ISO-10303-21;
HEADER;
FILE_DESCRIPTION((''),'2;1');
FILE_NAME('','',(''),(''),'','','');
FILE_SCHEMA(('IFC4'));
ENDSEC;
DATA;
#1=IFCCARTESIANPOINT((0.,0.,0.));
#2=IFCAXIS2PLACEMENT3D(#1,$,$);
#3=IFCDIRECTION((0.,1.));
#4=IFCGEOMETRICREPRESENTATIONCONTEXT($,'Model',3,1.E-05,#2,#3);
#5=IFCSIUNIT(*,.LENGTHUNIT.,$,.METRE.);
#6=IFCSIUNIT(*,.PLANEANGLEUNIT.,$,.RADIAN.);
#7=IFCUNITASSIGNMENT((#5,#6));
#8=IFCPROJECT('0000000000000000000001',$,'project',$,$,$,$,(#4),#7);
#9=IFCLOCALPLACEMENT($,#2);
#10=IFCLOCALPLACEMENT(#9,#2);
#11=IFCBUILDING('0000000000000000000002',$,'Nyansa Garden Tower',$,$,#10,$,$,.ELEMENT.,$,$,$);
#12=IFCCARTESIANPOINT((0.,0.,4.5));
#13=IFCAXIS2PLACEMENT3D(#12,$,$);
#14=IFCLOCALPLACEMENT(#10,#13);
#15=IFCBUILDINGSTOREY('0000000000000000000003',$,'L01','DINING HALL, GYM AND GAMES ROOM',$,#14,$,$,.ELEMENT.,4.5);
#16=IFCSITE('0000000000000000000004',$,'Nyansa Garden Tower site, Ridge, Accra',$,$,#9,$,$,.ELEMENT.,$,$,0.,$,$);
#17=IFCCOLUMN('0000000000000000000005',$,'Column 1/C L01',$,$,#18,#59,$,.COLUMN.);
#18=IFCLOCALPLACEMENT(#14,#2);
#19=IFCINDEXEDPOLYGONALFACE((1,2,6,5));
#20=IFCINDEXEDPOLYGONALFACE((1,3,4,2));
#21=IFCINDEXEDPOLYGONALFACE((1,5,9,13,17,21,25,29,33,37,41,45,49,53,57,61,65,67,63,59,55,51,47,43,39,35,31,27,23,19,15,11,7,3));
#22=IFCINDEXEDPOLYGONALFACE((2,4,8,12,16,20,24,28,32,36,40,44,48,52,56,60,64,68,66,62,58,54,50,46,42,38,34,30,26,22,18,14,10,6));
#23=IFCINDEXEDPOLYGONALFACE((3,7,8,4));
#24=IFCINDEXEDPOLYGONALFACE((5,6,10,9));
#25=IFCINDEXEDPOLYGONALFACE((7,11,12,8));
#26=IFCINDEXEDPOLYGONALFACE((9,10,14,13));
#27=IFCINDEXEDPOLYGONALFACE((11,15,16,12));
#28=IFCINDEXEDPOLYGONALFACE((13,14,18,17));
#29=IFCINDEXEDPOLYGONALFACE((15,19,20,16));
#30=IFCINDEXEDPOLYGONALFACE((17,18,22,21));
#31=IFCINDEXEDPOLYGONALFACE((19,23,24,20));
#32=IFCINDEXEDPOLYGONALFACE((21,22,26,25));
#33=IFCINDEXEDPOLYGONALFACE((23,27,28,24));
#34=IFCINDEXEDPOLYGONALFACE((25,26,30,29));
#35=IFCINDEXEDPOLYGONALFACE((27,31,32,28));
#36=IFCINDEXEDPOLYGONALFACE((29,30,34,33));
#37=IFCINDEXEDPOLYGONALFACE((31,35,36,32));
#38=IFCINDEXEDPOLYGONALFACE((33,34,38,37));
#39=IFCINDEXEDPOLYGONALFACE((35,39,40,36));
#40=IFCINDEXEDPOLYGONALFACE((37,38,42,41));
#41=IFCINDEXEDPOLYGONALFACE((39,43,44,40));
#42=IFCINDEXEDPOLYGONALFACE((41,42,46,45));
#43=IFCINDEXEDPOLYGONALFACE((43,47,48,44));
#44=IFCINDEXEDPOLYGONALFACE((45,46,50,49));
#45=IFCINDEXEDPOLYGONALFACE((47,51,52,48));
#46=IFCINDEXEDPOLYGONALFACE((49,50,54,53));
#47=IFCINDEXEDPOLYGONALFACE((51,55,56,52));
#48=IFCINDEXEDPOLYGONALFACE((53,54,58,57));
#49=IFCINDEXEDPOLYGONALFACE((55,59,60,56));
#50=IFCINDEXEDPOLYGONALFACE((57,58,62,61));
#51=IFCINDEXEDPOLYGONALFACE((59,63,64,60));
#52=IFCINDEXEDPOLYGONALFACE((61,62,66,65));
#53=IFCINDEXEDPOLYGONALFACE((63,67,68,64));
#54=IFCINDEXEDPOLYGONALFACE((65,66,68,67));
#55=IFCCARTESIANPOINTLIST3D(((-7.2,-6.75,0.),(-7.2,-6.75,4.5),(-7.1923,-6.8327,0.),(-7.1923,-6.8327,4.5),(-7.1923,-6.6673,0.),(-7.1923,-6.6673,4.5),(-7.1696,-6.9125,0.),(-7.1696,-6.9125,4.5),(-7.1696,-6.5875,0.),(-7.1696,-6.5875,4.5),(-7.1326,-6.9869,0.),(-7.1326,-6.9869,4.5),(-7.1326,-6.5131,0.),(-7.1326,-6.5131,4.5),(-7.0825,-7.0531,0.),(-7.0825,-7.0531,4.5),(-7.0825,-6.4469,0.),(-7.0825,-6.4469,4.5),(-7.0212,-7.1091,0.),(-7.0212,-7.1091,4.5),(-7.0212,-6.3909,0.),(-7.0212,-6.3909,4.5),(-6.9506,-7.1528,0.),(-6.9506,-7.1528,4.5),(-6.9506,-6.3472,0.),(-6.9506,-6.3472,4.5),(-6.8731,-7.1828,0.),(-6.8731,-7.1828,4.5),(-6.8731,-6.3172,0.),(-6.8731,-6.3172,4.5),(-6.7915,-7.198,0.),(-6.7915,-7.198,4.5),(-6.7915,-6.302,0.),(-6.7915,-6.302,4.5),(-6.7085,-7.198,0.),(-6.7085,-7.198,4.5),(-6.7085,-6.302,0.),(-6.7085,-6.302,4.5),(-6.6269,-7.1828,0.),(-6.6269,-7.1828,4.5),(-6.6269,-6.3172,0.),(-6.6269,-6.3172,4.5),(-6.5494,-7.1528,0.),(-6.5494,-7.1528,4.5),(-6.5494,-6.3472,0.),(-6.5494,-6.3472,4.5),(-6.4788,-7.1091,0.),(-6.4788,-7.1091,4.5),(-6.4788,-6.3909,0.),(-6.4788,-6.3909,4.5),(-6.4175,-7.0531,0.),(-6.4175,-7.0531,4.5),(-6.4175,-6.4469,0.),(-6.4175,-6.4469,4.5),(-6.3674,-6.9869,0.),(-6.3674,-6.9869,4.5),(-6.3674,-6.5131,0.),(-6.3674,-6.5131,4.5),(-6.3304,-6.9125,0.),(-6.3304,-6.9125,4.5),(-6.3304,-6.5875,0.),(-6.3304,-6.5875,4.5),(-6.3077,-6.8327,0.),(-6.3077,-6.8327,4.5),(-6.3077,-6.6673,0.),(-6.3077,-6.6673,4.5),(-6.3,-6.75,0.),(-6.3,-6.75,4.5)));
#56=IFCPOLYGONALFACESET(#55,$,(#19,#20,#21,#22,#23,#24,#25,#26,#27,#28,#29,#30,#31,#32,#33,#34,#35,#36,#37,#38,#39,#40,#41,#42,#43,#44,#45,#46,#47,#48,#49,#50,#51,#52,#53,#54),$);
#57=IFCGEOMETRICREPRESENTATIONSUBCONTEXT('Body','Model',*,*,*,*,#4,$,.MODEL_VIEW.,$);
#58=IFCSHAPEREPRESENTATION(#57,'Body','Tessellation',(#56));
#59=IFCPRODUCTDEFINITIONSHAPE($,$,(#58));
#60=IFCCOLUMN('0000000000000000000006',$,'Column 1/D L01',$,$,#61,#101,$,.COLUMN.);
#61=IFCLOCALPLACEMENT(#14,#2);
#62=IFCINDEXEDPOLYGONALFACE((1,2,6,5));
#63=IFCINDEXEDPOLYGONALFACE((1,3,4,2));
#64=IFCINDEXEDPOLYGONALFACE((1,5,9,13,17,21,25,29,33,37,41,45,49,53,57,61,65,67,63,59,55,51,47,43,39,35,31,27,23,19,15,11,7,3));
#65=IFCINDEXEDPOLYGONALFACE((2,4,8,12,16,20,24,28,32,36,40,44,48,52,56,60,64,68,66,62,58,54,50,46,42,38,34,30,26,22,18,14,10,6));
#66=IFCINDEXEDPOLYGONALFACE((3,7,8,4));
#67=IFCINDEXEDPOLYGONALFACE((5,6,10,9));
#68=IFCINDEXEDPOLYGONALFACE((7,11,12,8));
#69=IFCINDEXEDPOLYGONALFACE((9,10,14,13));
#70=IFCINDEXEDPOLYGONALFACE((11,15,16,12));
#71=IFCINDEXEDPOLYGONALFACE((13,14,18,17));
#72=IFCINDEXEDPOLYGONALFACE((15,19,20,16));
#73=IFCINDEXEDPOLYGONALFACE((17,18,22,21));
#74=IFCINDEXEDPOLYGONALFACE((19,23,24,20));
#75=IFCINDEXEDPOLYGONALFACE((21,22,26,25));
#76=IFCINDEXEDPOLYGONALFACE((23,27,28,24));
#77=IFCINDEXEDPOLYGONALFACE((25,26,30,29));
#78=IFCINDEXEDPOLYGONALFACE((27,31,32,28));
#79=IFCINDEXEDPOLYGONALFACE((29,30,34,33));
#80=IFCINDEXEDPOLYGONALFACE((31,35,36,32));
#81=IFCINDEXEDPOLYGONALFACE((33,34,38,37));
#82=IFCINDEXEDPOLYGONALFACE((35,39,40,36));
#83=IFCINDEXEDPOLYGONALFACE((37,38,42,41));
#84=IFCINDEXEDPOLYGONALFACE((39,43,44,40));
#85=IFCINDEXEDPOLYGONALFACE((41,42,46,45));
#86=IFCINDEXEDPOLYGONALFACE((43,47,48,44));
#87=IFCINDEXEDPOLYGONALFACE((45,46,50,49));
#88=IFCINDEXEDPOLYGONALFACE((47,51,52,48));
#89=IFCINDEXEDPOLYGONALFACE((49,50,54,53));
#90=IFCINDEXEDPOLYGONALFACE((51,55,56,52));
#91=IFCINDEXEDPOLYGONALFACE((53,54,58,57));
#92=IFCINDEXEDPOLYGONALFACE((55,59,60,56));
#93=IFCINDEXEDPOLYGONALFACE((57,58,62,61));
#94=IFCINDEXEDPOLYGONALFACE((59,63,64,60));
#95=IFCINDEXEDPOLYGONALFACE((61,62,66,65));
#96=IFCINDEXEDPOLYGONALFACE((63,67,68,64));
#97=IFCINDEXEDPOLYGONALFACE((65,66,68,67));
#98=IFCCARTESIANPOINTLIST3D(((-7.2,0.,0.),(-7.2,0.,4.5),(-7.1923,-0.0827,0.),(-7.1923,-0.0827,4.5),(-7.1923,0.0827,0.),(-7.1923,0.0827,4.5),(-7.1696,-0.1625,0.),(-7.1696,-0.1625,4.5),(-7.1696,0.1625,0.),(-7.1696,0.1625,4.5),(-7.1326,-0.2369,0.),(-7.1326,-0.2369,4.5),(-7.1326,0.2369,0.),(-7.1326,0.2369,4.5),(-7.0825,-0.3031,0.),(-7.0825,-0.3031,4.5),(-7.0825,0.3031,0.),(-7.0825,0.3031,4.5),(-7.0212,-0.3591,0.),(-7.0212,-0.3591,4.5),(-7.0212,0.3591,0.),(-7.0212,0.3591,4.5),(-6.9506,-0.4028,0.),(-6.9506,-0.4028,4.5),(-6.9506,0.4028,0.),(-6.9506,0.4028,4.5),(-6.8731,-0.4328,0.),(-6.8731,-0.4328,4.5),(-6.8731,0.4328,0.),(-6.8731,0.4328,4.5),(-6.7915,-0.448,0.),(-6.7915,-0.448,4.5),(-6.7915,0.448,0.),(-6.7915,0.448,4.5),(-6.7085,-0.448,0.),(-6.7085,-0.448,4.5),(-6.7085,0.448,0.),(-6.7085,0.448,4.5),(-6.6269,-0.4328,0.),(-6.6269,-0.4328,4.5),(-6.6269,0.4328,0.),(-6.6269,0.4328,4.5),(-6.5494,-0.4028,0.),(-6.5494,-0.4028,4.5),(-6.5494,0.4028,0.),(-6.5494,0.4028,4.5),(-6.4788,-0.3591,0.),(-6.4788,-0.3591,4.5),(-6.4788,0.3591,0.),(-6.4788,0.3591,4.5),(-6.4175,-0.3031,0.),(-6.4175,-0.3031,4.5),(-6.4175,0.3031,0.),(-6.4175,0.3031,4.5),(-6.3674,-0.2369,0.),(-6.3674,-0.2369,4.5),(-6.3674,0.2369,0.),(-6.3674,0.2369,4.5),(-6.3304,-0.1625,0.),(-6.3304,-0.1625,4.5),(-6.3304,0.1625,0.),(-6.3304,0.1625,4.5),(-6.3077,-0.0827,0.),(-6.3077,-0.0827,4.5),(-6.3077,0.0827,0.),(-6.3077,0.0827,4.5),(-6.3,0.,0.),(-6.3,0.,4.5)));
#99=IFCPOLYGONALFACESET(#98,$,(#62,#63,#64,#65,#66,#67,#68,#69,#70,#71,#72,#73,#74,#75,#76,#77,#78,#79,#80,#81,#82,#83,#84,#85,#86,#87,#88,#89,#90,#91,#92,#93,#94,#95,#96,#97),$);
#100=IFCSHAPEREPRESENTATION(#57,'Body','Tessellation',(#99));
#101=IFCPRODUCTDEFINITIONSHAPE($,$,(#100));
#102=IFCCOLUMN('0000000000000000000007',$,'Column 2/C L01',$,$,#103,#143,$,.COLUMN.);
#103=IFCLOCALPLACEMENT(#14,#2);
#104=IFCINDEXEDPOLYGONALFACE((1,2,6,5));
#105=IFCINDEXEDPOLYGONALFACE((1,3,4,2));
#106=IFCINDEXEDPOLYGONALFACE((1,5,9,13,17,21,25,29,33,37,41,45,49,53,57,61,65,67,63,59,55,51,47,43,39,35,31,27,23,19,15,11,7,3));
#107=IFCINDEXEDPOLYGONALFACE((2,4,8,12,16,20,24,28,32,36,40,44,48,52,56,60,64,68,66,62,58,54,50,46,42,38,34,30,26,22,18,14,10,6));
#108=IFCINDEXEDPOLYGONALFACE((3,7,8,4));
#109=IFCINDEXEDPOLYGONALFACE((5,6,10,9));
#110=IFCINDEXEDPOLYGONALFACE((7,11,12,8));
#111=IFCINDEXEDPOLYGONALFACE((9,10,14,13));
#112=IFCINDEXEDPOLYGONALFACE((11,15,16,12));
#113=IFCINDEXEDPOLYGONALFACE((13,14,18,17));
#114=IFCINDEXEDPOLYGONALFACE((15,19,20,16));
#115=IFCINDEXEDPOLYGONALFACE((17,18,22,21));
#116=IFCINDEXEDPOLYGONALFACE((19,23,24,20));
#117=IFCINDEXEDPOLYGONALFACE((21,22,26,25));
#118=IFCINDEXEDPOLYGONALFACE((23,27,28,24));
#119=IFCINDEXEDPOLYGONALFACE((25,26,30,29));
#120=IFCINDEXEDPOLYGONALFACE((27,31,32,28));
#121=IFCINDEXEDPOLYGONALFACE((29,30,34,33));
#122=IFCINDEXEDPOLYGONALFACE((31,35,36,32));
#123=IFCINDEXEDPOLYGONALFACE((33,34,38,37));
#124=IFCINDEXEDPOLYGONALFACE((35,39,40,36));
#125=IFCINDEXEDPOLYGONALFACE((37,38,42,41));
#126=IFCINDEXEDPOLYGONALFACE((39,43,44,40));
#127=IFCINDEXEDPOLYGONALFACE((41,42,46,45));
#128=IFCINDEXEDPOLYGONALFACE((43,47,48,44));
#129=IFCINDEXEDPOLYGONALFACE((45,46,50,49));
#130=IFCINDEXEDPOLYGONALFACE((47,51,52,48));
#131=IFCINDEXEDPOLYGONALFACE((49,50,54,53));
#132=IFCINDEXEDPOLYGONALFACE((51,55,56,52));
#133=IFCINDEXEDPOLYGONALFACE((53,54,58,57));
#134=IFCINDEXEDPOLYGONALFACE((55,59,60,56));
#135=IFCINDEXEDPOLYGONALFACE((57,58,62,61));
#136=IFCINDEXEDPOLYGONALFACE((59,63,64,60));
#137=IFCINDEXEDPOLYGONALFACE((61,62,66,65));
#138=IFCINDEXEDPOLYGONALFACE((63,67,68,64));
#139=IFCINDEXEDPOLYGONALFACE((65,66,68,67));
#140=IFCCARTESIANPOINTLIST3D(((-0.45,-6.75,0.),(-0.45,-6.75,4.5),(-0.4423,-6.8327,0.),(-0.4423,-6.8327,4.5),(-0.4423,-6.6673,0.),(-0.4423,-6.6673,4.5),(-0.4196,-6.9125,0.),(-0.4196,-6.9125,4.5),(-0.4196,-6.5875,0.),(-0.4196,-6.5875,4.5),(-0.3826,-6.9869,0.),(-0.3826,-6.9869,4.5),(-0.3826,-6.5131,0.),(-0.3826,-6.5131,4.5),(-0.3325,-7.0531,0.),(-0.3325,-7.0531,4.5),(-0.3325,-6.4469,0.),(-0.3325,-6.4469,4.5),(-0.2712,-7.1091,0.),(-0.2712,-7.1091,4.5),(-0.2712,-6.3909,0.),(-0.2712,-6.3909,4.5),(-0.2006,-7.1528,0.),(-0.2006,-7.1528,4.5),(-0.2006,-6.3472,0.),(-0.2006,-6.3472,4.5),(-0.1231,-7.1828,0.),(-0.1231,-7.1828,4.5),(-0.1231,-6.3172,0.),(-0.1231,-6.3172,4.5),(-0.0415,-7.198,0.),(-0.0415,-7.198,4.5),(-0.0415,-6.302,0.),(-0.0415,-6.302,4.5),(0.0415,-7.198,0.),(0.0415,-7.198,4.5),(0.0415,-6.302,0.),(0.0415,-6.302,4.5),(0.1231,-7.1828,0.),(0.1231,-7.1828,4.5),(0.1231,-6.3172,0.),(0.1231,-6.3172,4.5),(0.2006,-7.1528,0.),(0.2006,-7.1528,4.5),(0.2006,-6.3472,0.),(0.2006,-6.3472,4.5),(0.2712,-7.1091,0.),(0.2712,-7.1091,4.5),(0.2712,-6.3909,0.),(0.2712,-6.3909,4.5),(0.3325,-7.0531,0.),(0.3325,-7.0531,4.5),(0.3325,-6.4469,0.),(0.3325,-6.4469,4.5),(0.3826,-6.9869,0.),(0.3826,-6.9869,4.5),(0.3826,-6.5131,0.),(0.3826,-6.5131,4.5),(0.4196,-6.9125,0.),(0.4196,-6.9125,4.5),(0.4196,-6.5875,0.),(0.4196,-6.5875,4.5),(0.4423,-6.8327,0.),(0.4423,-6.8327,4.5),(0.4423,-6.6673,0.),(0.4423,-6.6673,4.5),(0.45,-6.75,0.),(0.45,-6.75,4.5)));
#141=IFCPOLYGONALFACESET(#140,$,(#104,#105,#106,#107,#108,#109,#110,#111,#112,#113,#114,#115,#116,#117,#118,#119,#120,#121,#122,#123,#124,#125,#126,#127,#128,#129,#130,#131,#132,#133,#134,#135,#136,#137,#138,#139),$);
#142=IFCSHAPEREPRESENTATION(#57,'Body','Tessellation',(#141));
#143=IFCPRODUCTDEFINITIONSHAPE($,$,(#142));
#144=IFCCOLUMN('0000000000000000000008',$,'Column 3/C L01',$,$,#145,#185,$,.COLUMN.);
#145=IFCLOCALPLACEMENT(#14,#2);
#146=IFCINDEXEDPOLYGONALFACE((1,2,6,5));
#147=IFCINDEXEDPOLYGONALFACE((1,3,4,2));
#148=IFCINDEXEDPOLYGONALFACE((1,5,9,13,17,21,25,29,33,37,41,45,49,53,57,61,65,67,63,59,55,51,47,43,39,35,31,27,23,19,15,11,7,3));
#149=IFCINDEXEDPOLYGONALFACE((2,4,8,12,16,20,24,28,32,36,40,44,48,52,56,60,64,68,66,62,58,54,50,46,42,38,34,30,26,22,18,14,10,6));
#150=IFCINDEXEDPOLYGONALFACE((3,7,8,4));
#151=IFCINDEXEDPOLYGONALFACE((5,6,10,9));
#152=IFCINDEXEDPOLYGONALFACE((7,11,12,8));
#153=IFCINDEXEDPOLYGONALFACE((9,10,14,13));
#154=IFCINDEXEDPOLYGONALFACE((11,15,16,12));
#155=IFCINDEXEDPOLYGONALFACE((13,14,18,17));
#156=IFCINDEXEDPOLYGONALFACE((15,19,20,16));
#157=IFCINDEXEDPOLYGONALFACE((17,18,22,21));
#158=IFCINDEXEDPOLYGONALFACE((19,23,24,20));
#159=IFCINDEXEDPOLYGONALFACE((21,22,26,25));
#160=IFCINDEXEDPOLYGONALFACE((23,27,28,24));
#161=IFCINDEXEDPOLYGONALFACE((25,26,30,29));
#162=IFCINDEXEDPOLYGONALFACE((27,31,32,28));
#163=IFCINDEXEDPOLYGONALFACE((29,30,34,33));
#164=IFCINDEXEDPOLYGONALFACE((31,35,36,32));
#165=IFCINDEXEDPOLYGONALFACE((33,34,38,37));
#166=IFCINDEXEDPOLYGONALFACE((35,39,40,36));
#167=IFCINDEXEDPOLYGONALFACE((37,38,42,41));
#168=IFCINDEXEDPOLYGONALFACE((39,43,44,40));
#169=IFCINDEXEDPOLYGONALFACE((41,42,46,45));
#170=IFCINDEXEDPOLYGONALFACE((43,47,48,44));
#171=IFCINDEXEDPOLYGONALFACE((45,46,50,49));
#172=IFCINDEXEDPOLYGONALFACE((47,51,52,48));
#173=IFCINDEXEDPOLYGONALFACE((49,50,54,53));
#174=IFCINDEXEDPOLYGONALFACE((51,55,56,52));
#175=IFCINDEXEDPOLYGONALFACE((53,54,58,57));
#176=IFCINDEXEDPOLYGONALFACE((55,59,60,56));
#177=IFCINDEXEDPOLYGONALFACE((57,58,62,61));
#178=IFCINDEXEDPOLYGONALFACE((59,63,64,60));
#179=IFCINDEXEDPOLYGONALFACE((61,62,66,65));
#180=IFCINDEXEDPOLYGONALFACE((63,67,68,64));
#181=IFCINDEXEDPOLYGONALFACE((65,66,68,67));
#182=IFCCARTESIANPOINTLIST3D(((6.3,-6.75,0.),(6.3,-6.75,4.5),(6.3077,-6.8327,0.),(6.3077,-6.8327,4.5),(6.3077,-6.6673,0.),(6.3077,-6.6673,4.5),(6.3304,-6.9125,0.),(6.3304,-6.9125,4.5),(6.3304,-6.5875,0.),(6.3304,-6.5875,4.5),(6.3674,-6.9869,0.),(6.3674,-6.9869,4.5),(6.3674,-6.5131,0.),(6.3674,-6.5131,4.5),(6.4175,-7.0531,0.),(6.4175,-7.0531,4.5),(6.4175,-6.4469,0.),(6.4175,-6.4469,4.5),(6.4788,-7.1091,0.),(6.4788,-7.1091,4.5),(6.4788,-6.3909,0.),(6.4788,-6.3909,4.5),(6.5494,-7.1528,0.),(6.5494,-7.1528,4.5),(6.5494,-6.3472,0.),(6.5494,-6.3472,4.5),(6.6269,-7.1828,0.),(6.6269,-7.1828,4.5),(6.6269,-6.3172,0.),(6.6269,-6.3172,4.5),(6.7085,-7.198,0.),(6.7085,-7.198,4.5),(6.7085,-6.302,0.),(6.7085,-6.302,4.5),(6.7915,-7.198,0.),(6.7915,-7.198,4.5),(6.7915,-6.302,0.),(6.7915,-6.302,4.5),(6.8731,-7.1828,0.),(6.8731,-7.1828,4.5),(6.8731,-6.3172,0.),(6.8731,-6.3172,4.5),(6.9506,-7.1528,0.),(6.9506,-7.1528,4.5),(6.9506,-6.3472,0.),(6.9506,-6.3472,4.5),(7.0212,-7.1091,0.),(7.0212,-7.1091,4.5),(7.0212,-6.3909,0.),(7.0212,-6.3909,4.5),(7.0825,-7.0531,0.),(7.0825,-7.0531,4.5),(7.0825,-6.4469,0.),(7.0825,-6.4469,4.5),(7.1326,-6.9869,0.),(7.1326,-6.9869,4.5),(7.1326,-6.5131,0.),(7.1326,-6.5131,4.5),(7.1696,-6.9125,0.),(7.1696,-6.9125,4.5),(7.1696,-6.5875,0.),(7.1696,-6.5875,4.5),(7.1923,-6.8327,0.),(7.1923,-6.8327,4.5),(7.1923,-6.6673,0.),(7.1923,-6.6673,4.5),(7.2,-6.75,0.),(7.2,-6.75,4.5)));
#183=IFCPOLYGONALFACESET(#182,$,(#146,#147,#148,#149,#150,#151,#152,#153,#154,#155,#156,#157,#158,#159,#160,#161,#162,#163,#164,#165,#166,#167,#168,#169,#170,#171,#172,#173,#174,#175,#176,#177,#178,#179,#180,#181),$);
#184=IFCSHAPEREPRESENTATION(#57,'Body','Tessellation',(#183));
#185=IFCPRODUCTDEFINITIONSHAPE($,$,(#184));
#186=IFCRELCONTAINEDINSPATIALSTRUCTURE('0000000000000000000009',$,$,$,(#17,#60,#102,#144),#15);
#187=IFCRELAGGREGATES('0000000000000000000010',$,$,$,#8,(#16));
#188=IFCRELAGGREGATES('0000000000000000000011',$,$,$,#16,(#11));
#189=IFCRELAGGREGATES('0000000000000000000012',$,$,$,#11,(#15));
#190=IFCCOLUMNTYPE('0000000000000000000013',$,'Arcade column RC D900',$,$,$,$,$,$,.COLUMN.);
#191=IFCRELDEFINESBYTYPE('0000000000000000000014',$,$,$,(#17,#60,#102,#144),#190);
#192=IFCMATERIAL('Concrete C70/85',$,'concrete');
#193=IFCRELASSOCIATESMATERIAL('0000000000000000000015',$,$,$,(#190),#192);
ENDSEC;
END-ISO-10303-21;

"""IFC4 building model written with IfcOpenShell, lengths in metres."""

from ifc_helpers import new_model, si_unit, direction, frame, origin, origin_2d, place, context, subcontext, project, spatial, circle, extrude, material, material_profile, profile_set, type_object, element, save


model = new_model("IFC4")

# Units and contexts
model_context = context("Model", 3, precision=1e-05, world=origin(), true_north=direction((0.0, 1.0)))
body_context = subcontext(model_context, "Body", "Model", "MODEL_VIEW")
ifc_project = project(units=[si_unit("LENGTHUNIT", "METRE"), si_unit("PLANEANGLEUNIT", "RADIAN")], contexts=[model_context])

# Site, building, storey
site_placement = place(None, origin())
site = spatial("IfcSite", under=ifc_project, at=site_placement, Name="Nyansa Garden Tower site, Ridge, Accra", CompositionType="ELEMENT", RefElevation=0.0)
building_placement = place(site_placement, origin())
building = spatial("IfcBuilding", under=site, at=building_placement, Name="Nyansa Garden Tower", CompositionType="ELEMENT")
storey_placement = place(building_placement, frame((0.0, 0.0, 4.5)))
storey = spatial("IfcBuildingStorey", under=building, at=storey_placement, Name="L01", Description="DINING HALL, GYM AND GAMES ROOM", CompositionType="ELEMENT", Elevation=4.5)

# Columns
ifc_material_1 = material(Name="Concrete C70/85", Category="concrete")
ifc_material_profile_1 = material_profile(ifc_material_1, circle(Radius=0.45, at=origin_2d()), Name="RC D900")
ifc_profile_set_1 = profile_set([ifc_material_profile_1], Name="Concrete C70/85")
column_type_1 = type_object("IfcColumnType", Name="Arcade column RC D900", PredefinedType="COLUMN", material=ifc_profile_set_1)
for number, where, z_axis, x_axis, name in (
    (1, (-6.75, -6.75, 0.0), (0.0, 0.0, 1.0), (1.0, 0.0, 0.0), "Column 1/C L01"),
    (2, (-6.75, 0.0, 0.0), (0.0, 0.0, 1.0), (1.0, 0.0, 0.0), "Column 1/D L01"),
    (3, (0.0, -6.75, 0.0), (0.0, 0.0, 1.0), (1.0, 0.0, 0.0), "Column 2/C L01"),
    (4, (6.75, -6.75, 0.0), (0.0, 0.0, 1.0), (1.0, 0.0, 0.0), "Column 3/C L01"),
):
    element("IfcColumn", number, at=place(storey_placement, frame(where, z_axis=z_axis, x_axis=x_axis)), inside=storey, type_object=column_type_1, Name=name, PredefinedType="COLUMN", context=body_context, shape_type="SweptSolid", body=[
        extrude(circle(Radius=0.45, at=origin_2d()), origin(), (0.0, 0.0, 1.0), 4.5),
    ])

save(model, "model.ifc")
